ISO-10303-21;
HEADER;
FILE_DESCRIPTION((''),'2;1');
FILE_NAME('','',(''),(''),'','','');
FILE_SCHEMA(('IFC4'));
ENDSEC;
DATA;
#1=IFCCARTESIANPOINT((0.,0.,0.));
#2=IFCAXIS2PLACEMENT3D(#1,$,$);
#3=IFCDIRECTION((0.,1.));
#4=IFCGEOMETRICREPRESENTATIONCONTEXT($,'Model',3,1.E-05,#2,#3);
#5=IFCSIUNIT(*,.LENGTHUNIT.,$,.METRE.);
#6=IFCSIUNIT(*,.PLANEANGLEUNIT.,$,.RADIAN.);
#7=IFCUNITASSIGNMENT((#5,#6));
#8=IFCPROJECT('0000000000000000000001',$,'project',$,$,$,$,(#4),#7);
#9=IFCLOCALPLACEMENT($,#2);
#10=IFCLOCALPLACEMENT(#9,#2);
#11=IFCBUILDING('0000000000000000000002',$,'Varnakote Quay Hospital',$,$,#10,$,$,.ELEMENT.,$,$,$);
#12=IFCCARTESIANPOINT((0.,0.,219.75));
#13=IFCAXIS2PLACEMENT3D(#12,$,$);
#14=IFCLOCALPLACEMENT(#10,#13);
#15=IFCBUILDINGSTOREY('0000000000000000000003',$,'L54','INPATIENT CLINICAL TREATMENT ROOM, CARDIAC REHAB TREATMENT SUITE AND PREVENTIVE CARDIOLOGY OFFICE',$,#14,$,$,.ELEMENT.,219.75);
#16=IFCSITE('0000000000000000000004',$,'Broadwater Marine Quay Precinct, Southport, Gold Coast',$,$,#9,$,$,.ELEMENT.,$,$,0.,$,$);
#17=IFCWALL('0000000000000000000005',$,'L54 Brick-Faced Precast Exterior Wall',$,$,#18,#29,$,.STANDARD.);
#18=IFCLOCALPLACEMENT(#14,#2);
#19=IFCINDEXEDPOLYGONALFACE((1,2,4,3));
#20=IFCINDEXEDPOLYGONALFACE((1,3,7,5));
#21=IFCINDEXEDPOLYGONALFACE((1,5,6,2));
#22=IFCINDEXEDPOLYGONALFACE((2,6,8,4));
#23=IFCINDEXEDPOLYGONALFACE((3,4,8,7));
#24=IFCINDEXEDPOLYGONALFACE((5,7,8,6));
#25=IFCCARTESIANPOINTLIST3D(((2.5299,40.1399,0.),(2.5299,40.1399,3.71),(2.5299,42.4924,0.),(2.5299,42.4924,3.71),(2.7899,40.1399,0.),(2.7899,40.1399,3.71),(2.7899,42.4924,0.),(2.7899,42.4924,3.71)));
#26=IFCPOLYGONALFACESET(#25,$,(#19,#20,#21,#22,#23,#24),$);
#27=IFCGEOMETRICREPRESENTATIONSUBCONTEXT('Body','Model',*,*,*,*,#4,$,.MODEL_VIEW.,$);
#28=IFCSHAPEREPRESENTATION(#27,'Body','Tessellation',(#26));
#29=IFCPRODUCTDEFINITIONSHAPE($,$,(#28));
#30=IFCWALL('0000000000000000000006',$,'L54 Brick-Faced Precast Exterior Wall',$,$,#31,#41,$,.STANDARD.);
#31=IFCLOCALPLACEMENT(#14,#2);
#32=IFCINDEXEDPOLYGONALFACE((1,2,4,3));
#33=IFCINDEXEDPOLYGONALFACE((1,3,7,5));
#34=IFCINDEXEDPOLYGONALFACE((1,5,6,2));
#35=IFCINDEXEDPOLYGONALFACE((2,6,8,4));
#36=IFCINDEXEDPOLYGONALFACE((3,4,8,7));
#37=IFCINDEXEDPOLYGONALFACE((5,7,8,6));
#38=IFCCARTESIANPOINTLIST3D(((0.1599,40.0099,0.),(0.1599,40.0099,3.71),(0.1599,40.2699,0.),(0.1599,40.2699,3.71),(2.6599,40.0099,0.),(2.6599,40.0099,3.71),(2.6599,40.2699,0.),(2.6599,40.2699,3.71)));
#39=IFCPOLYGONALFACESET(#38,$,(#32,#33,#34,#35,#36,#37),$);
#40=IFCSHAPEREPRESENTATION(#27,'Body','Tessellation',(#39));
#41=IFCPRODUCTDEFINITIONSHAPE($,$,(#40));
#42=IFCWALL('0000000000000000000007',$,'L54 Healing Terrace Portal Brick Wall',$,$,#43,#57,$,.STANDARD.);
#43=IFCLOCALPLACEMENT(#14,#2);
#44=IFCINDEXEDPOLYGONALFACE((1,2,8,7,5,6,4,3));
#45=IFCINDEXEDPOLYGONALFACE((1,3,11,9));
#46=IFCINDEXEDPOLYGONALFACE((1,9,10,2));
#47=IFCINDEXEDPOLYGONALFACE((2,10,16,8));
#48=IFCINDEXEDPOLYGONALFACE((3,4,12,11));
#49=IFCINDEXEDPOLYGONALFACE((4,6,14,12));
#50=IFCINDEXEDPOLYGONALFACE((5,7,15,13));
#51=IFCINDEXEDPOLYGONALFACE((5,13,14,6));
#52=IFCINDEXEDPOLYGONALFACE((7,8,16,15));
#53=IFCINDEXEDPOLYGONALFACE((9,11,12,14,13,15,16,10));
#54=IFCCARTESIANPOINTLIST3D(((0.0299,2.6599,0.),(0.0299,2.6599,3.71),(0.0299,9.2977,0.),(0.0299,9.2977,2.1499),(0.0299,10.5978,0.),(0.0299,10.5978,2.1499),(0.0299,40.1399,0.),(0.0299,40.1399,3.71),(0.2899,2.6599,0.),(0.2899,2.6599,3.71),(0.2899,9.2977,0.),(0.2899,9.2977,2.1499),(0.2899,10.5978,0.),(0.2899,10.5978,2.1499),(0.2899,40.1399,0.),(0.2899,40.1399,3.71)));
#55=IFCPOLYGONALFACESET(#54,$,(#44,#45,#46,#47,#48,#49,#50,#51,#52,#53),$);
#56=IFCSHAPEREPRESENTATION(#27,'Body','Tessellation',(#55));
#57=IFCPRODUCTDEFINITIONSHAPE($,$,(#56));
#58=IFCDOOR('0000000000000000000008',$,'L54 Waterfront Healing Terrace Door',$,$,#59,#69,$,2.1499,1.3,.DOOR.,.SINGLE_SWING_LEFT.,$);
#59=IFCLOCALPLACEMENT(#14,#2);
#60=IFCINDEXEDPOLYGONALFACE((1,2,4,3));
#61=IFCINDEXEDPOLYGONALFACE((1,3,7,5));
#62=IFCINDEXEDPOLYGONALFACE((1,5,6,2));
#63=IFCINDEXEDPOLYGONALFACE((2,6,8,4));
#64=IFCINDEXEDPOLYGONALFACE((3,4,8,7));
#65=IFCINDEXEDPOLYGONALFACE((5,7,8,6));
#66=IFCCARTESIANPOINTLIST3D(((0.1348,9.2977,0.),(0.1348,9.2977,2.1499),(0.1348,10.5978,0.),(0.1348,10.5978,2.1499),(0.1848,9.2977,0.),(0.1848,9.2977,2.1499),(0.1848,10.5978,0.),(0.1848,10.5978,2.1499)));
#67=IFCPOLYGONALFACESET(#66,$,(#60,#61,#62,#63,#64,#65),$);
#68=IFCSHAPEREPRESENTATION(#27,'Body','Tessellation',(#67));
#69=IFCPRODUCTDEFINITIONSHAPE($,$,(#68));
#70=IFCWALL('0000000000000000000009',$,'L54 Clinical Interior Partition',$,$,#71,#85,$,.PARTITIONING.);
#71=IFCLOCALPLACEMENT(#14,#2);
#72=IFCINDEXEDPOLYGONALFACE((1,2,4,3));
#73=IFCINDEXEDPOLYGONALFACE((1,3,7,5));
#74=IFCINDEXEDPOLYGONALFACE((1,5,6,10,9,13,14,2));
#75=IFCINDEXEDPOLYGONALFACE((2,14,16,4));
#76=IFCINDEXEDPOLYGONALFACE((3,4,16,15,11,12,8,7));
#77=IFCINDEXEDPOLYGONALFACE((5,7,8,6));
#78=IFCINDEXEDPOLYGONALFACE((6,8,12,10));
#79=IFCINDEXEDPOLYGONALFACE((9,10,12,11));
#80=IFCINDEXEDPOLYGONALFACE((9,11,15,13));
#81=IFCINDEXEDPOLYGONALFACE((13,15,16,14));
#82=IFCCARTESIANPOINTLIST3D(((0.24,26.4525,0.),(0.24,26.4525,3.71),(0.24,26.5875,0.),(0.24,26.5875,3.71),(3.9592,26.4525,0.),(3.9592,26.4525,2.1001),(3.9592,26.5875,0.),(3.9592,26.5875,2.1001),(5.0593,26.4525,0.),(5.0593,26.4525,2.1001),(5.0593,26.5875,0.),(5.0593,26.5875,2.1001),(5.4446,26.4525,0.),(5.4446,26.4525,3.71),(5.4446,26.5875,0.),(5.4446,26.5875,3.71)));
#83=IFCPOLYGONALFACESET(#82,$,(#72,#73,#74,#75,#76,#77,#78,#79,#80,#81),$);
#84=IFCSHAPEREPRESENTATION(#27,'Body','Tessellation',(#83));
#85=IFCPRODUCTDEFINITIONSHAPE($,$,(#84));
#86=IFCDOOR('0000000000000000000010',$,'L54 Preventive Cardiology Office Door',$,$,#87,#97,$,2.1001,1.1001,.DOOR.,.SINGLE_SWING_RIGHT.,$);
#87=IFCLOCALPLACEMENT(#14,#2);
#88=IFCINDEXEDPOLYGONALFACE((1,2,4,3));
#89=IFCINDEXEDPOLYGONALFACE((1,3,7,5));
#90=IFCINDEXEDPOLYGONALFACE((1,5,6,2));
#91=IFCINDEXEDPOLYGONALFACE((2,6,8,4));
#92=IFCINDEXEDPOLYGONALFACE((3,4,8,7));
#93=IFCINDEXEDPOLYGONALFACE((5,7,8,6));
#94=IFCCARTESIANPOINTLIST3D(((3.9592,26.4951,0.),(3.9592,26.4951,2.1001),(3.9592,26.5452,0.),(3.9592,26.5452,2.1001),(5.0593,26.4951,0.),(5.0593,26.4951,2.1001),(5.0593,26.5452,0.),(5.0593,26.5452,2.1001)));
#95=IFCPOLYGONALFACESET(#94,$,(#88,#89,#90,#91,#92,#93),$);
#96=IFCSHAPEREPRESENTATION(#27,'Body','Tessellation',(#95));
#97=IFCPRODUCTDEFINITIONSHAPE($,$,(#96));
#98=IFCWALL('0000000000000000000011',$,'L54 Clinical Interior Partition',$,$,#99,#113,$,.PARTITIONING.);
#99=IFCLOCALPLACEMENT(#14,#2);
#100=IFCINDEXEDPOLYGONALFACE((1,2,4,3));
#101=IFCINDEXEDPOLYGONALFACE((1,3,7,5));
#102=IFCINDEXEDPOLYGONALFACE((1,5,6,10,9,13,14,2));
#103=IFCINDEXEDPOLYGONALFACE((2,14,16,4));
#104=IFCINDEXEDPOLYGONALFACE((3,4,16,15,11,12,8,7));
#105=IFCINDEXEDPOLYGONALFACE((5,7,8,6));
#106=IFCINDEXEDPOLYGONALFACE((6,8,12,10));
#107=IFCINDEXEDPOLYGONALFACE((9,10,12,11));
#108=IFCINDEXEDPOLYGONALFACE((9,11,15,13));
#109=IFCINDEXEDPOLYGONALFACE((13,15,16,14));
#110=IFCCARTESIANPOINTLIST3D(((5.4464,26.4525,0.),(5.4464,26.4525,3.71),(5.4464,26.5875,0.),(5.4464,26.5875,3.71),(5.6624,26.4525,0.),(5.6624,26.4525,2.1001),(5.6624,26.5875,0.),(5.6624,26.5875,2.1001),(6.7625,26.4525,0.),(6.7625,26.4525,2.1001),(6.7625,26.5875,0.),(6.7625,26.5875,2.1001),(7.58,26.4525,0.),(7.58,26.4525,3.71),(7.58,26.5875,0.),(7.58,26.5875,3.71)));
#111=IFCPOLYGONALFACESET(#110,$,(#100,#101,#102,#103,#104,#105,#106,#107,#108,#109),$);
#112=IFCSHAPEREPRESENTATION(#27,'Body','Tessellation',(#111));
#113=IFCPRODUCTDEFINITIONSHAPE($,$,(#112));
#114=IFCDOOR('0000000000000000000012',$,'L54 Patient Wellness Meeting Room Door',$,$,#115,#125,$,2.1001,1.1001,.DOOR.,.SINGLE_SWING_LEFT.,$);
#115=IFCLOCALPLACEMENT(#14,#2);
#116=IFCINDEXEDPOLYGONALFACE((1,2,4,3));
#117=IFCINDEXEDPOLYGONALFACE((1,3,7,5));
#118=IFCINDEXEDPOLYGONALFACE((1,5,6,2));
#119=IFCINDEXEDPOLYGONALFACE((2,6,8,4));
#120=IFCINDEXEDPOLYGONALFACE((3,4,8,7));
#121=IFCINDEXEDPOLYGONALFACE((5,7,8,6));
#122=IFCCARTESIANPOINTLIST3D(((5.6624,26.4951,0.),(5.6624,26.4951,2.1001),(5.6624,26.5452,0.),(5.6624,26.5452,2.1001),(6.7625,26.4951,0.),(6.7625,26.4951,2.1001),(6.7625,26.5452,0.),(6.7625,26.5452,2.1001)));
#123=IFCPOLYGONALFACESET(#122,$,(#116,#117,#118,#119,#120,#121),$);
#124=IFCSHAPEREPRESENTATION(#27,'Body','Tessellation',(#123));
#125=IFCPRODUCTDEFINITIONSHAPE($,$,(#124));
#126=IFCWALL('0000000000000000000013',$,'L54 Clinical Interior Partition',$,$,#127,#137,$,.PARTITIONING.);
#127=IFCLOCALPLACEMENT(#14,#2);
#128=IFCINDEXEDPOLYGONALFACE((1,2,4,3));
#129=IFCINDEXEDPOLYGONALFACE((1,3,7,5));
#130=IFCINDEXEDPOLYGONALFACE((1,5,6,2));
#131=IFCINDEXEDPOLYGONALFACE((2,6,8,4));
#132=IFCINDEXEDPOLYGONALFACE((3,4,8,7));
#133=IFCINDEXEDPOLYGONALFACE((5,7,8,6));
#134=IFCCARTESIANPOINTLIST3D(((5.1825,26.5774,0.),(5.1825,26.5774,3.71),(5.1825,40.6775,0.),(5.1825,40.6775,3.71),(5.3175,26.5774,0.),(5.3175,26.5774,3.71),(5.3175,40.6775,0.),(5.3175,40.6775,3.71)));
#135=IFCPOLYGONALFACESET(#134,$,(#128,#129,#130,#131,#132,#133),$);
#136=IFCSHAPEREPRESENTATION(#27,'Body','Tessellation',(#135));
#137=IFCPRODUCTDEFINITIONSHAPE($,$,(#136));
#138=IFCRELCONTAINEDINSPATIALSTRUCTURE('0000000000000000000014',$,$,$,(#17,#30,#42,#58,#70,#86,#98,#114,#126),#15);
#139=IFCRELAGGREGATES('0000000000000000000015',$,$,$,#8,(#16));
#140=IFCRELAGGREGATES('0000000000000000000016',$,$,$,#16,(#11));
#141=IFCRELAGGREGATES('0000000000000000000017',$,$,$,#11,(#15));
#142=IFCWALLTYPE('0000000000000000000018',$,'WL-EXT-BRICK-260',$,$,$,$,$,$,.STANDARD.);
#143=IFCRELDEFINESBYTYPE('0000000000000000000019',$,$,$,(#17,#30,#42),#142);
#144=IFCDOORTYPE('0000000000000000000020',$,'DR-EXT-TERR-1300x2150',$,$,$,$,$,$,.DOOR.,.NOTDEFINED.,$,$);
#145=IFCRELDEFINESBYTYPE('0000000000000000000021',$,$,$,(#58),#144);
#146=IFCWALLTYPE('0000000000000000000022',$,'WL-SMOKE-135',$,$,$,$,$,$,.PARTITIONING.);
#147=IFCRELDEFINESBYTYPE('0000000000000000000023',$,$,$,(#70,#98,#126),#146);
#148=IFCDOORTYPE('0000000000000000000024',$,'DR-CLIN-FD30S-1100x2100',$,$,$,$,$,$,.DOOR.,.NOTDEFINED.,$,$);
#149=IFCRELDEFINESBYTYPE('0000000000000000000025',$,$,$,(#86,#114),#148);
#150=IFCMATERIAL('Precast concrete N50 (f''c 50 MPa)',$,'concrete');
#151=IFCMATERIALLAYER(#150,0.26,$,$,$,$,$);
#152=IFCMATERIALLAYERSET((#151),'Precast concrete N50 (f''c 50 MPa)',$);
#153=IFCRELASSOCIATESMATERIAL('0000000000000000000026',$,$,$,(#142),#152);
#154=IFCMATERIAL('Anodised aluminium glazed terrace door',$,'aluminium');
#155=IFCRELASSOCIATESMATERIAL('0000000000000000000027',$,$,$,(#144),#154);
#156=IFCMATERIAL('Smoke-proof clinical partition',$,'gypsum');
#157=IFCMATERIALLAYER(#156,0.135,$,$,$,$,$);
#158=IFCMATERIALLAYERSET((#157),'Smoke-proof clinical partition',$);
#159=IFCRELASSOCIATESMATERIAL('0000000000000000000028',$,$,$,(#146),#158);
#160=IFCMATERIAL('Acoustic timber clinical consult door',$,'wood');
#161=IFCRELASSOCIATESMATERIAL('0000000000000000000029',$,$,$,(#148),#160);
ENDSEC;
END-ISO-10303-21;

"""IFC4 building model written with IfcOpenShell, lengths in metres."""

from ifc_helpers import new_model, si_unit, direction, frame, frame_2d, origin, place, context, subcontext, project, spatial, rectangle, extrude, material, layer, layer_set, type_object, element, fill, save


model = new_model("IFC4")

# Units and contexts
model_context = context("Model", 3, precision=1e-05, world=origin(), true_north=direction((0.0, 1.0)))
body_context = subcontext(model_context, "Body", "Model", "MODEL_VIEW")
ifc_project = project(units=[si_unit("LENGTHUNIT", "METRE"), si_unit("PLANEANGLEUNIT", "RADIAN")], contexts=[model_context])

# Site, building, storey
site_placement = place(None, origin())
site = spatial("IfcSite", under=ifc_project, at=site_placement, Name="Broadwater Marine Quay Precinct, Southport, Gold Coast", CompositionType="ELEMENT", RefElevation=0.0)
building_placement = place(site_placement, origin())
building = spatial("IfcBuilding", under=site, at=building_placement, Name="Varnakote Quay Hospital", CompositionType="ELEMENT")
storey_placement = place(building_placement, frame((0.0, 0.0, 219.75)))
storey = spatial("IfcBuildingStorey", under=building, at=storey_placement, Name="L54", Description="INPATIENT CLINICAL TREATMENT ROOM, CARDIAC REHAB TREATMENT SUITE AND PREVENTIVE CARDIOLOGY OFFICE", CompositionType="ELEMENT", Elevation=219.75)

# Walls
ifc_material_1 = material(Name="Precast concrete N50 (f'c 50 MPa)", Category="concrete")
ifc_layer_1 = layer(ifc_material_1, 0.26)
ifc_layer_set_1 = layer_set([ifc_layer_1], Name="Precast concrete N50 (f'c 50 MPa)")
wall_type_1 = type_object("IfcWallType", Name="WL-EXT-BRICK-260", PredefinedType="STANDARD", material=ifc_layer_set_1)
wall_1_placement = place(storey_placement, frame((2.6599, 42.4924, 0.0), z_axis=(0.0, 0.0, 1.0), x_axis=(0.0, -1.0, 0.0)))
element("IfcWall", 1, at=wall_1_placement, inside=storey, type_object=wall_type_1, Name="L54 Brick-Faced Precast Exterior Wall", PredefinedType="STANDARD", context=body_context, shape_type="SweptSolid", body=[
    extrude(rectangle(XDim=2.3525, YDim=0.26, at=frame_2d((1.1763, 0.0))), origin(), (0.0, 0.0, 1.0), 3.71),
])
wall_2_placement = place(storey_placement, frame((2.6599, 40.1399, 0.0), z_axis=(0.0, 0.0, 1.0), x_axis=(-1.0, 0.0, 0.0)))
element("IfcWall", 2, at=wall_2_placement, inside=storey, type_object=wall_type_1, Name="L54 Brick-Faced Precast Exterior Wall", PredefinedType="STANDARD", context=body_context, shape_type="SweptSolid", body=[
    extrude(rectangle(XDim=2.5, YDim=0.26, at=frame_2d((1.25, 0.0))), origin(), (0.0, 0.0, 1.0), 3.71),
])

# Walls, openings, doors
wall_3_placement = place(storey_placement, frame((0.1599, 40.1399, 0.0), z_axis=(0.0, 0.0, 1.0), x_axis=(0.0, -1.0, 0.0)))
wall_3 = element("IfcWall", 3, at=wall_3_placement, inside=storey, type_object=wall_type_1, Name="L54 Healing Terrace Portal Brick Wall", PredefinedType="STANDARD", context=body_context, shape_type="SweptSolid", body=[
    extrude(rectangle(XDim=37.48, YDim=0.26, at=frame_2d((18.74, 0.0))), origin(), (0.0, 0.0, 1.0), 3.71),
])
opening_1_placement = place(wall_3_placement, frame((29.5422, 0.0, 0.0)))
opening_1 = element("IfcOpeningElement", 4, at=opening_1_placement, cuts=wall_3, PredefinedType="OPENING", context=body_context, shape_type="SweptSolid", body=[
    extrude(rectangle(XDim=1.3, YDim=2.1499, at=frame_2d((0.6499, 1.075))), frame((0.0, 0.1399, 0.0), z_axis=(0.0, -1.0, 0.0), x_axis=(1.0, 0.0, 0.0)), (0.0, 0.0, 1.0), 0.28),
])
ifc_material_2 = material(Name="Anodised aluminium glazed terrace door", Category="aluminium")
door_type_1 = type_object("IfcDoorType", Name="DR-EXT-TERR-1300x2150", OperationType="NOTDEFINED", PredefinedType="DOOR", material=ifc_material_2)
door_1_placement = place(opening_1_placement, origin())
door_1 = element("IfcDoor", 5, at=door_1_placement, inside=storey, type_object=door_type_1, Name="L54 Waterfront Healing Terrace Door", OperationType="SINGLE_SWING_LEFT", OverallHeight=2.1499, OverallWidth=1.3, PredefinedType="DOOR", context=body_context, shape_type="SweptSolid", body=[
    extrude(rectangle(XDim=1.3, YDim=2.1499, at=frame_2d((0.6499, 1.075))), frame((0.0, 0.0249, 0.0), z_axis=(0.0, -1.0, 0.0), x_axis=(1.0, 0.0, 0.0)), (0.0, 0.0, 1.0), 0.05),
])
fill(opening_1, door_1)
ifc_material_3 = material(Name="Smoke-proof clinical partition", Category="gypsum")
ifc_layer_2 = layer(ifc_material_3, 0.135)
ifc_layer_set_2 = layer_set([ifc_layer_2], Name="Smoke-proof clinical partition")
wall_type_2 = type_object("IfcWallType", Name="WL-SMOKE-135", PredefinedType="PARTITIONING", material=ifc_layer_set_2)
wall_4_placement = place(storey_placement, frame((5.4446, 26.52, 0.0), z_axis=(0.0, 0.0, 1.0), x_axis=(-1.0, 0.0, 0.0)))
wall_4 = element("IfcWall", 6, at=wall_4_placement, inside=storey, type_object=wall_type_2, Name="L54 Clinical Interior Partition", PredefinedType="PARTITIONING", context=body_context, shape_type="SweptSolid", body=[
    extrude(rectangle(XDim=5.2046, YDim=0.135, at=frame_2d((2.6023, 0.0))), origin(), (0.0, 0.0, 1.0), 3.71),
])
opening_2_placement = place(wall_4_placement, frame((0.3853, 0.0, 0.0)))
opening_2 = element("IfcOpeningElement", 7, at=opening_2_placement, cuts=wall_4, PredefinedType="OPENING", context=body_context, shape_type="SweptSolid", body=[
    extrude(rectangle(XDim=1.1001, YDim=2.1001, at=frame_2d((0.55, 1.05))), frame((0.0, 0.0774, 0.0), z_axis=(0.0, -1.0, 0.0), x_axis=(1.0, 0.0, 0.0)), (0.0, 0.0, 1.0), 0.155),
])
ifc_material_4 = material(Name="Acoustic timber clinical consult door", Category="wood")
door_type_2 = type_object("IfcDoorType", Name="DR-CLIN-FD30S-1100x2100", OperationType="NOTDEFINED", PredefinedType="DOOR", material=ifc_material_4)
door_2_placement = place(opening_2_placement, origin())
door_2 = element("IfcDoor", 8, at=door_2_placement, inside=storey, type_object=door_type_2, Name="L54 Preventive Cardiology Office Door", OperationType="SINGLE_SWING_RIGHT", OverallHeight=2.1001, OverallWidth=1.1001, PredefinedType="DOOR", context=body_context, shape_type="SweptSolid", body=[
    extrude(rectangle(XDim=1.1001, YDim=2.1001, at=frame_2d((0.55, 1.05))), frame((0.0, 0.0249, 0.0), z_axis=(0.0, -1.0, 0.0), x_axis=(1.0, 0.0, 0.0)), (0.0, 0.0, 1.0), 0.05),
])
fill(opening_2, door_2)
wall_5_placement = place(storey_placement, frame((7.5801, 26.52, 0.0), z_axis=(0.0, 0.0, 1.0), x_axis=(-1.0, 0.0, 0.0)))
wall_5 = element("IfcWall", 9, at=wall_5_placement, inside=storey, type_object=wall_type_2, Name="L54 Clinical Interior Partition", PredefinedType="PARTITIONING", context=body_context, shape_type="SweptSolid", body=[
    extrude(rectangle(XDim=2.1335, YDim=0.135, at=frame_2d((1.0669, 0.0))), origin(), (0.0, 0.0, 1.0), 3.71),
])
opening_3_placement = place(wall_5_placement, frame((0.8176, 0.0, 0.0)))
opening_3 = element("IfcOpeningElement", 10, at=opening_3_placement, cuts=wall_5, PredefinedType="OPENING", context=body_context, shape_type="SweptSolid", body=[
    extrude(rectangle(XDim=1.1001, YDim=2.1001, at=frame_2d((0.55, 1.05))), frame((0.0, 0.0774, 0.0), z_axis=(0.0, -1.0, 0.0), x_axis=(1.0, 0.0, 0.0)), (0.0, 0.0, 1.0), 0.155),
])
door_3_placement = place(opening_3_placement, origin())
door_3 = element("IfcDoor", 11, at=door_3_placement, inside=storey, type_object=door_type_2, Name="L54 Patient Wellness Meeting Room Door", OperationType="SINGLE_SWING_LEFT", OverallHeight=2.1001, OverallWidth=1.1001, PredefinedType="DOOR", context=body_context, shape_type="SweptSolid", body=[
    extrude(rectangle(XDim=1.1001, YDim=2.1001, at=frame_2d((0.55, 1.05))), frame((0.0, 0.0249, 0.0), z_axis=(0.0, -1.0, 0.0), x_axis=(1.0, 0.0, 0.0)), (0.0, 0.0, 1.0), 0.05),
])
fill(opening_3, door_3)

# Wall
wall_6_placement = place(storey_placement, frame((5.25, 26.5774, 0.0), z_axis=(0.0, 0.0, 1.0), x_axis=(0.0, 1.0, 0.0)))
element("IfcWall", 12, at=wall_6_placement, inside=storey, type_object=wall_type_2, Name="L54 Clinical Interior Partition", PredefinedType="PARTITIONING", context=body_context, shape_type="SweptSolid", body=[
    extrude(rectangle(XDim=14.1001, YDim=0.135, at=frame_2d((7.05, 0.0))), origin(), (0.0, 0.0, 1.0), 3.71),
])

save(model, "model.ifc")
